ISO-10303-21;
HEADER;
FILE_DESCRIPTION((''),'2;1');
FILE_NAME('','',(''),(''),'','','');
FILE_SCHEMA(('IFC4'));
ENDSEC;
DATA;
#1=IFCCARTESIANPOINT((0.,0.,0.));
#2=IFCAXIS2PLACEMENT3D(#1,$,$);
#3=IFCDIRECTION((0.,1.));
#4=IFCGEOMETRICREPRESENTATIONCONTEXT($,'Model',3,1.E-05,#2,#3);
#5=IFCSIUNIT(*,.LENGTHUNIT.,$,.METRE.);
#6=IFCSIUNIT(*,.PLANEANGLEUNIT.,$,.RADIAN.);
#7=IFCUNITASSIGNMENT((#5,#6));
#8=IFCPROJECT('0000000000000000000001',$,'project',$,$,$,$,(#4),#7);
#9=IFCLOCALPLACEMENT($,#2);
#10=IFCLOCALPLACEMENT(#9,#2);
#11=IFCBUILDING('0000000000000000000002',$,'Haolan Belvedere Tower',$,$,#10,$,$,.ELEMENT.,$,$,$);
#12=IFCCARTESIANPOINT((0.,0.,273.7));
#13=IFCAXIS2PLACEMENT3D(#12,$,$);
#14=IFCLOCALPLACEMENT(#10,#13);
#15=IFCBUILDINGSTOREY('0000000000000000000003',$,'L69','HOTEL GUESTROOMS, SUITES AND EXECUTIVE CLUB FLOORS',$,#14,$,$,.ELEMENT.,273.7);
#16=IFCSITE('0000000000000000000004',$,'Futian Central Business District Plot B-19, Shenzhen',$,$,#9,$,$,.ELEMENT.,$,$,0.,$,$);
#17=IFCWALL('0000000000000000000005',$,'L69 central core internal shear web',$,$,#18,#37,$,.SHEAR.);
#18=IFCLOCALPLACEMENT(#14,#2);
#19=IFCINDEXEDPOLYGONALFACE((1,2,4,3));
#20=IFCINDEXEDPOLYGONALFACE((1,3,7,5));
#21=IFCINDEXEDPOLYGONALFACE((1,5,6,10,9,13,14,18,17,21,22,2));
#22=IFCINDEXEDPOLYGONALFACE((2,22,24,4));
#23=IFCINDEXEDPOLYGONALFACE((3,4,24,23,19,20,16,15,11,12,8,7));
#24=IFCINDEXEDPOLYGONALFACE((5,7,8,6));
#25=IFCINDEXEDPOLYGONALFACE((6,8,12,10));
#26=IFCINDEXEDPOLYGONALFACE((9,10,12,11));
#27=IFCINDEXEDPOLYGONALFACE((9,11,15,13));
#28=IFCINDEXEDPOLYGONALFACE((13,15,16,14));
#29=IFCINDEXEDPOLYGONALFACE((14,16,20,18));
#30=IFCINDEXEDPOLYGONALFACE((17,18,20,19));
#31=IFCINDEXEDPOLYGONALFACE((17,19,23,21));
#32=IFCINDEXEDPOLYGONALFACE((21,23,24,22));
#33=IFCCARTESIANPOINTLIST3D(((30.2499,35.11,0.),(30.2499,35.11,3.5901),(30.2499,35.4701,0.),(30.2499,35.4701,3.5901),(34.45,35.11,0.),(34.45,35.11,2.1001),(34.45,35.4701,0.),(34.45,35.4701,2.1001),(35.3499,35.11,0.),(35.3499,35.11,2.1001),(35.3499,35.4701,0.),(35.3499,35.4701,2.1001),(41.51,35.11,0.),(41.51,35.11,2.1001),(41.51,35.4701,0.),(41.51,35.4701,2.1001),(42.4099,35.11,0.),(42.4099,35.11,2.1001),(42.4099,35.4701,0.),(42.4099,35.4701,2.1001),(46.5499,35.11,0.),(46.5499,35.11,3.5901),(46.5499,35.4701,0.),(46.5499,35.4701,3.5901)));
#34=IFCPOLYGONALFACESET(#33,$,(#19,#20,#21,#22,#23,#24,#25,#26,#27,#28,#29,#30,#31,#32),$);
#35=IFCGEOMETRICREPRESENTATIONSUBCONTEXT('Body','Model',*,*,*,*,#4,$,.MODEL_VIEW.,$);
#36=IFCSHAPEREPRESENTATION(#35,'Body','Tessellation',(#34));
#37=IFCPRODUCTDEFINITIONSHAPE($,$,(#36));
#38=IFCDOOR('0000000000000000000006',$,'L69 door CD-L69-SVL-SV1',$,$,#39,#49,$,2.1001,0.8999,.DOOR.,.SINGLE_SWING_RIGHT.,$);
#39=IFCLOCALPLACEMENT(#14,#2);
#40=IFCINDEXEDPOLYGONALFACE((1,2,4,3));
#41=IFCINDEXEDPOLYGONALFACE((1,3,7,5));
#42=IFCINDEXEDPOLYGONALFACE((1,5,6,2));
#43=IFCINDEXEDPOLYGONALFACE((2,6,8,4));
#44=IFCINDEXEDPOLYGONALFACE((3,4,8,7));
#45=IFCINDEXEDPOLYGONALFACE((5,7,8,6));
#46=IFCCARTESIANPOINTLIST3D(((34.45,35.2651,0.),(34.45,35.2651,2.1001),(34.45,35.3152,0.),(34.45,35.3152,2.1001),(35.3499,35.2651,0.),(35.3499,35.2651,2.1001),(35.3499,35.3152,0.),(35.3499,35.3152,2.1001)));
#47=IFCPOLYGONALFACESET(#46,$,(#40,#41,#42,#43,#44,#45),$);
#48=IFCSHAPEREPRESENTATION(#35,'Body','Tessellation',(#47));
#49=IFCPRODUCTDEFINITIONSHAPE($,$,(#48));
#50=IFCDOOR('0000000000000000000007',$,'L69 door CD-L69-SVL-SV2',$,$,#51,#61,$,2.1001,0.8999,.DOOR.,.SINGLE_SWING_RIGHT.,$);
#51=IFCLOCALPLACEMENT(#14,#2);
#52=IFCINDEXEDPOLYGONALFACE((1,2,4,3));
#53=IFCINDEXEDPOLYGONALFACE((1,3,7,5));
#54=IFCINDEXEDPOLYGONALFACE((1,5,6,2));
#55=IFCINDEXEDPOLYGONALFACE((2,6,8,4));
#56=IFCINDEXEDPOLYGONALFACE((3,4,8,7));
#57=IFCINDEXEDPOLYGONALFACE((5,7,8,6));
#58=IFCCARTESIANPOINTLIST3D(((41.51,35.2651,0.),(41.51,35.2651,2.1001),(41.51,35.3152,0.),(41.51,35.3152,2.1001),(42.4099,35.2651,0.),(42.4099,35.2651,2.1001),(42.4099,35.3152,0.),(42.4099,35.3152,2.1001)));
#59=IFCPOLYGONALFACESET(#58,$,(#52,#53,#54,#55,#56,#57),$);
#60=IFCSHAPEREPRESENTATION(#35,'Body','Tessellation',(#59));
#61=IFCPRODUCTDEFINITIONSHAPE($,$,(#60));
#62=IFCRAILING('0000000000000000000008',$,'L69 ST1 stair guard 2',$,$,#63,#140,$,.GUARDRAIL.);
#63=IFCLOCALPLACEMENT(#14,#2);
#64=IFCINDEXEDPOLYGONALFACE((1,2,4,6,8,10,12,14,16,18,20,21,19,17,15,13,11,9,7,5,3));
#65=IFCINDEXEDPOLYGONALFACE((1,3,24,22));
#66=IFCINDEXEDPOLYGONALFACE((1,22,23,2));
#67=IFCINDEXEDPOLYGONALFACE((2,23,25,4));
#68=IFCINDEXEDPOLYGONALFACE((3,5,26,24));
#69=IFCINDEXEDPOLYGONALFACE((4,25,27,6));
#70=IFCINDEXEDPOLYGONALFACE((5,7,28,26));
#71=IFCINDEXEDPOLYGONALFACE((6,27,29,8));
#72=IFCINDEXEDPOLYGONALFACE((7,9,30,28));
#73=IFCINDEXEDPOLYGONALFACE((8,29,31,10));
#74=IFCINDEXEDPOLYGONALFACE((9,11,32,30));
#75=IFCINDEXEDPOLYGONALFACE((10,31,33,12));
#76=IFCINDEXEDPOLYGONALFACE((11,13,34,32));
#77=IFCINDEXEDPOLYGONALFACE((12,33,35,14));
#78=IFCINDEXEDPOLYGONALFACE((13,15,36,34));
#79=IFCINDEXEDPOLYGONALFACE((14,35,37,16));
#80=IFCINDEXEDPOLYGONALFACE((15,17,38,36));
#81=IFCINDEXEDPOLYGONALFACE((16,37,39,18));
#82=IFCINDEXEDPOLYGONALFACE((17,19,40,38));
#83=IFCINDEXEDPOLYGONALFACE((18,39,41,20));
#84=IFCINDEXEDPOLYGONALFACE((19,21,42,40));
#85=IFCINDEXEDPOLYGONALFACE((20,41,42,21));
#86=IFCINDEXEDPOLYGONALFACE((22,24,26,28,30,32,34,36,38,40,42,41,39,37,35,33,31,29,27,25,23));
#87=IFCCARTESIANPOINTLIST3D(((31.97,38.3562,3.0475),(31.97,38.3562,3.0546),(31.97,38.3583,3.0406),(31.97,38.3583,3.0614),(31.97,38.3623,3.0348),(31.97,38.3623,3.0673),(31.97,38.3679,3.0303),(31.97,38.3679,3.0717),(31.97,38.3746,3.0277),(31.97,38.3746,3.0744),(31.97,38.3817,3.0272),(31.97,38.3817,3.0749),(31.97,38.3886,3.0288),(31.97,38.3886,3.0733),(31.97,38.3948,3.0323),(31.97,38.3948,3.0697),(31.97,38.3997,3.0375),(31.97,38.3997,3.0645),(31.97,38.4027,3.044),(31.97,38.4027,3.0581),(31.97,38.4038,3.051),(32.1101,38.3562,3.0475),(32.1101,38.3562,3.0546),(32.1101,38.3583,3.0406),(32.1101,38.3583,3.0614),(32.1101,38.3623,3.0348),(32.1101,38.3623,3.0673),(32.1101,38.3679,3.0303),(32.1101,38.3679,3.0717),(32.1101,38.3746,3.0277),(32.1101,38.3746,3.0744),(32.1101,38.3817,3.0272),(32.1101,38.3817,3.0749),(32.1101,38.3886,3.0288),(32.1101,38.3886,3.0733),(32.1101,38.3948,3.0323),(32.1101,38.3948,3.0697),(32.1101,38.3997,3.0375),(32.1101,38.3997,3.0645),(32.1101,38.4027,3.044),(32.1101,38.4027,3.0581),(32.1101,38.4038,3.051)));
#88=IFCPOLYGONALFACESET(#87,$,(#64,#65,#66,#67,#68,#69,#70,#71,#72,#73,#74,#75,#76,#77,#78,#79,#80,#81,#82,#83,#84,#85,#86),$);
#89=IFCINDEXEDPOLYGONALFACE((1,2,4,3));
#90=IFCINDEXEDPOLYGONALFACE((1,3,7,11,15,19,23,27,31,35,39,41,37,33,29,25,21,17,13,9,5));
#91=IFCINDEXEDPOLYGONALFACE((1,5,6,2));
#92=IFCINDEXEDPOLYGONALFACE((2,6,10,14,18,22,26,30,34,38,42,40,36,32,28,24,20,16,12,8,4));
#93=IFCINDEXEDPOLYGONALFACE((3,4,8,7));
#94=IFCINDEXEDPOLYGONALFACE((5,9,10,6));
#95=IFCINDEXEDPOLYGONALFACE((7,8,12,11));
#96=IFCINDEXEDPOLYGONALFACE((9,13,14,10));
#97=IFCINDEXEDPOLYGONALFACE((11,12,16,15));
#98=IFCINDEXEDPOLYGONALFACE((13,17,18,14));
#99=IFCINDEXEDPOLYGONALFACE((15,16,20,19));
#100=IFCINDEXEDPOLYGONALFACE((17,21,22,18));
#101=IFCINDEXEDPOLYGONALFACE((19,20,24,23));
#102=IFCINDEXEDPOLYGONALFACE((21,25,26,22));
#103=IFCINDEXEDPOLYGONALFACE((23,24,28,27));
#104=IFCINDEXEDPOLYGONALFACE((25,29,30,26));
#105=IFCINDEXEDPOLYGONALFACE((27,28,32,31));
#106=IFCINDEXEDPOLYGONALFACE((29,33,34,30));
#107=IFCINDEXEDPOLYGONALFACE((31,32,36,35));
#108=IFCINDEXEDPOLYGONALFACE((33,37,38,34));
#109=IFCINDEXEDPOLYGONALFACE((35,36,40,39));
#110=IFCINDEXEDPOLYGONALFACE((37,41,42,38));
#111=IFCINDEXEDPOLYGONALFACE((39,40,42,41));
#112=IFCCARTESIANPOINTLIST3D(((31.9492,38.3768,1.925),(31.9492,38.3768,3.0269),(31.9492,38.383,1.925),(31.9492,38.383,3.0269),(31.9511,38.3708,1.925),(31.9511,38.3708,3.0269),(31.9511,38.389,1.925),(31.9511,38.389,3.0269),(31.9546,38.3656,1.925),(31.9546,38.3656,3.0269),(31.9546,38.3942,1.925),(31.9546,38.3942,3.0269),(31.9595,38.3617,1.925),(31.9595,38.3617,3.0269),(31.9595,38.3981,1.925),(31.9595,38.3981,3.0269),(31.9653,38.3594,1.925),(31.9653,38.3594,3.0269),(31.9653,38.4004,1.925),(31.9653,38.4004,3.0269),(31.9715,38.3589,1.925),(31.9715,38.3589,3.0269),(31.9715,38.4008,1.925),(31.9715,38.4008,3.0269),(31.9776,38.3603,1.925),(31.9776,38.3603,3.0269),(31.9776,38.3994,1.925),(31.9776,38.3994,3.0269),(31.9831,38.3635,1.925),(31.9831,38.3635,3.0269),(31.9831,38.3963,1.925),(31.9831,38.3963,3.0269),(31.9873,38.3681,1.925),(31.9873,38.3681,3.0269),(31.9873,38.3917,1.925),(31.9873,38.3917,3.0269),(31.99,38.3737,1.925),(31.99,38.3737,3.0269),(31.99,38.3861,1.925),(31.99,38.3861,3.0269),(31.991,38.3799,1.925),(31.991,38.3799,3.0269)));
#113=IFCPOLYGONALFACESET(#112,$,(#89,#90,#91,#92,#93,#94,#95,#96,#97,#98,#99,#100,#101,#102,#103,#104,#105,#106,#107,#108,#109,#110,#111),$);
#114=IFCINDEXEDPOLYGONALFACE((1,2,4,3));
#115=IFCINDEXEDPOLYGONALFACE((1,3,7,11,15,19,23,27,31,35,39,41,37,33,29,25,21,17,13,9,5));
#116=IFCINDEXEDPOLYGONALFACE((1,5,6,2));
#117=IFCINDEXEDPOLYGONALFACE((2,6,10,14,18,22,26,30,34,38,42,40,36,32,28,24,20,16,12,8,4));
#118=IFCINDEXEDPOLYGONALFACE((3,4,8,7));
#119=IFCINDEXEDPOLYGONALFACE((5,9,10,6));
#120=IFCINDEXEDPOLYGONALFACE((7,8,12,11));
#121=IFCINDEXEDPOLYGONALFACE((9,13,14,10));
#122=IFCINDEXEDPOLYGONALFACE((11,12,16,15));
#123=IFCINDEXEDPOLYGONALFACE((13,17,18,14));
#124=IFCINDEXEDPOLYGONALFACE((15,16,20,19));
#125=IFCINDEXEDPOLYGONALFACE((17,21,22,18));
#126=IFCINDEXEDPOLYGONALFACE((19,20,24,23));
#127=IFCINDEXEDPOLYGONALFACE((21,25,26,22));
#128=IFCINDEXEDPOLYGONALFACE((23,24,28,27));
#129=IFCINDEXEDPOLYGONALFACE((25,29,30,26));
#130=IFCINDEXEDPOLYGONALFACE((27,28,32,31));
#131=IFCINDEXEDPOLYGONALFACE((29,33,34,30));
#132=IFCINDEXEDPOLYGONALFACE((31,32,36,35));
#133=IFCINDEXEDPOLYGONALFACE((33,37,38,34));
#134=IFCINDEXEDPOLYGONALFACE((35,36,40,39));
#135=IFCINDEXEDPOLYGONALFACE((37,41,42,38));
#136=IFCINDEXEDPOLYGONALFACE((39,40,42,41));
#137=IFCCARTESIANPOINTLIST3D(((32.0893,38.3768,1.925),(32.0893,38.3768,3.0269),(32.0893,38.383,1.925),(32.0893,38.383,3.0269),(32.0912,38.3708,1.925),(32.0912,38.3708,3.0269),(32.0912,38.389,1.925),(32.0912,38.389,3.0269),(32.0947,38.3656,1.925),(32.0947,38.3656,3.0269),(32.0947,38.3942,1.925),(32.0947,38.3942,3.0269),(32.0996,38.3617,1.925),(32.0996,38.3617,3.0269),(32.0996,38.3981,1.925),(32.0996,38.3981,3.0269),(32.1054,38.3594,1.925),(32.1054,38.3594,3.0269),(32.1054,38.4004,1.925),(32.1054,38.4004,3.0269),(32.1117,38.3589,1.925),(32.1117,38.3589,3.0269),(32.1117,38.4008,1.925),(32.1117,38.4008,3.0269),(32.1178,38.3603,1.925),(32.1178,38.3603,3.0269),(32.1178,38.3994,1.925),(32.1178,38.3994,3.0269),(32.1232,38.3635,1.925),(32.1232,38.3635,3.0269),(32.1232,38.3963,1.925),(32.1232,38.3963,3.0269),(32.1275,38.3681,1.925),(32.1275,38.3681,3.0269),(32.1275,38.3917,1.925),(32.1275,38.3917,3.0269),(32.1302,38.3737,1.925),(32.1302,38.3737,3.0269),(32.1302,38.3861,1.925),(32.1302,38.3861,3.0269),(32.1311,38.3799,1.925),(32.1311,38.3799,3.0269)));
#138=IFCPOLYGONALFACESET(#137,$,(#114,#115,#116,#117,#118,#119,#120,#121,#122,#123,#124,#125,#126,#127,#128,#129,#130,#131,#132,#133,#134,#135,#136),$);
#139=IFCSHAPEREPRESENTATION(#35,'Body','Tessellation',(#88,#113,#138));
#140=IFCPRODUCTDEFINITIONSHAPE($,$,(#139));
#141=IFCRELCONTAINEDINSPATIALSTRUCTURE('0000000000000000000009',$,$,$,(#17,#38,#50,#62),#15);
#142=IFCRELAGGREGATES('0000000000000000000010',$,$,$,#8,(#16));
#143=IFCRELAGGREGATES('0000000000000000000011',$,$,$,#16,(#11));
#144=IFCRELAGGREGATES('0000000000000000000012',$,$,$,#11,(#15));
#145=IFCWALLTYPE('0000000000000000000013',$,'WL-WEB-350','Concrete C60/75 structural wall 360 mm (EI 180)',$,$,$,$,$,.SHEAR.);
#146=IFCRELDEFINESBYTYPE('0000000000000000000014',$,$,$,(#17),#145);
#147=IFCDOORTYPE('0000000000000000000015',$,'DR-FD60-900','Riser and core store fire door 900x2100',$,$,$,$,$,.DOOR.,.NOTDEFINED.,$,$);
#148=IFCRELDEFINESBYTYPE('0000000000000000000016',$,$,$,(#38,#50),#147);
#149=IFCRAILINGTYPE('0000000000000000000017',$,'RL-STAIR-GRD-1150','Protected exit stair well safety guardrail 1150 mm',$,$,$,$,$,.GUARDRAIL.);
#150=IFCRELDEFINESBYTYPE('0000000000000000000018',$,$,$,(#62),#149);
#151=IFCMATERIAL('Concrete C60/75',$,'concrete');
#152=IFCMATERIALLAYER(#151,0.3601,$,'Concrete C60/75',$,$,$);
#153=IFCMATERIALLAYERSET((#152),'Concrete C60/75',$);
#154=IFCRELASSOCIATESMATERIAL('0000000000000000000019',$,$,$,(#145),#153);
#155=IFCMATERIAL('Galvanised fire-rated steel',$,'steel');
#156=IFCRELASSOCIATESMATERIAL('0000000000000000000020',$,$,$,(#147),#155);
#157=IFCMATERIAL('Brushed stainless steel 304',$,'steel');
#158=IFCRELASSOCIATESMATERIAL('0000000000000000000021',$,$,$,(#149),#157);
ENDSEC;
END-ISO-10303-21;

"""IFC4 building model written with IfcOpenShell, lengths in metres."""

from ifc_helpers import new_model, si_unit, direction, frame, frame_2d, origin, origin_2d, place, context, subcontext, project, spatial, rectangle, circle, extrude, material, layer, layer_set, type_object, element, fill, save


model = new_model("IFC4")

# Units and contexts
model_context = context("Model", 3, precision=1e-05, world=origin(), true_north=direction((0.0, 1.0)))
body_context = subcontext(model_context, "Body", "Model", "MODEL_VIEW")
ifc_project = project(units=[si_unit("LENGTHUNIT", "METRE"), si_unit("PLANEANGLEUNIT", "RADIAN")], contexts=[model_context])

# Site, building, storey
site_placement = place(None, origin())
site = spatial("IfcSite", under=ifc_project, at=site_placement, Name="Futian Central Business District Plot B-19, Shenzhen", CompositionType="ELEMENT", RefElevation=0.0)
building_placement = place(site_placement, origin())
building = spatial("IfcBuilding", under=site, at=building_placement, Name="Haolan Belvedere Tower", CompositionType="ELEMENT")
storey_placement = place(building_placement, frame((0.0, 0.0, 273.7)))
storey = spatial("IfcBuildingStorey", under=building, at=storey_placement, Name="L69", Description="HOTEL GUESTROOMS, SUITES AND EXECUTIVE CLUB FLOORS", CompositionType="ELEMENT", Elevation=273.7)

# Shared definitions
ifc_material_1 = material(Name="Concrete C60/75", Category="concrete")

# Wall, openings, doors
ifc_layer_1 = layer(ifc_material_1, 0.3601, Name="Concrete C60/75")
ifc_layer_set_1 = layer_set([ifc_layer_1], Name="Concrete C60/75")
wall_type_1 = type_object("IfcWallType", Name="WL-WEB-350", Description="Concrete C60/75 structural wall 360 mm (EI 180)", PredefinedType="SHEAR", material=ifc_layer_set_1)
wall_1_placement = place(storey_placement, frame((30.25, 35.29, 0.0), z_axis=(0.0, 0.0, 1.0), x_axis=(1.0, 0.0, 0.0)))
wall_1 = element("IfcWall", 1, at=wall_1_placement, inside=storey, type_object=wall_type_1, Name="L69 central core internal shear web", PredefinedType="SHEAR", context=body_context, shape_type="SweptSolid", body=[
    extrude(rectangle(XDim=16.3, YDim=0.3601, at=frame_2d((8.1499, 0.0))), origin(), (0.0, 0.0, 1.0), 3.5901),
])
opening_1_placement = place(wall_1_placement, frame((5.0999, 0.0, 0.0), z_axis=(0.0, 0.0, 1.0), x_axis=(-1.0, 0.0, 0.0)))
opening_1 = element("IfcOpeningElement", 2, at=opening_1_placement, cuts=wall_1, PredefinedType="OPENING", context=body_context, shape_type="SweptSolid", body=[
    extrude(rectangle(XDim=0.8999, YDim=2.1001, at=frame_2d((0.45, 1.05))), frame((0.0, 0.1899, 0.0), z_axis=(0.0, -1.0, 0.0), x_axis=(1.0, 0.0, 0.0)), (0.0, 0.0, 1.0), 0.3801),
])
opening_2_placement = place(wall_1_placement, frame((12.1599, 0.0, 0.0), z_axis=(0.0, 0.0, 1.0), x_axis=(-1.0, 0.0, 0.0)))
opening_2 = element("IfcOpeningElement", 3, at=opening_2_placement, cuts=wall_1, PredefinedType="OPENING", context=body_context, shape_type="SweptSolid", body=[
    extrude(rectangle(XDim=0.8999, YDim=2.1001, at=frame_2d((0.45, 1.05))), frame((0.0, 0.1899, 0.0), z_axis=(0.0, -1.0, 0.0), x_axis=(1.0, 0.0, 0.0)), (0.0, 0.0, 1.0), 0.3801),
])
ifc_material_2 = material(Name="Galvanised fire-rated steel", Category="steel")
door_type_1 = type_object("IfcDoorType", Name="DR-FD60-900", Description="Riser and core store fire door 900x2100", OperationType="NOTDEFINED", PredefinedType="DOOR", material=ifc_material_2)
door_1_placement = place(opening_1_placement, origin())
door_1 = element("IfcDoor", 4, at=door_1_placement, inside=storey, type_object=door_type_1, Name="L69 door CD-L69-SVL-SV1", OperationType="SINGLE_SWING_RIGHT", OverallHeight=2.1001, OverallWidth=0.8999, PredefinedType="DOOR", context=body_context, shape_type="SweptSolid", body=[
    extrude(rectangle(XDim=0.8999, YDim=2.1001, at=frame_2d((0.45, 1.05))), frame((0.0, 0.0249, 0.0), z_axis=(0.0, -1.0, 0.0), x_axis=(1.0, 0.0, 0.0)), (0.0, 0.0, 1.0), 0.05),
])
fill(opening_1, door_1)
door_2_placement = place(opening_2_placement, origin())
door_2 = element("IfcDoor", 5, at=door_2_placement, inside=storey, type_object=door_type_1, Name="L69 door CD-L69-SVL-SV2", OperationType="SINGLE_SWING_RIGHT", OverallHeight=2.1001, OverallWidth=0.8999, PredefinedType="DOOR", context=body_context, shape_type="SweptSolid", body=[
    extrude(rectangle(XDim=0.8999, YDim=2.1001, at=frame_2d((0.45, 1.05))), frame((0.0, 0.0249, 0.0), z_axis=(0.0, -1.0, 0.0), x_axis=(1.0, 0.0, 0.0)), (0.0, 0.0, 1.0), 0.05),
])
fill(opening_2, door_2)

# Railing
ifc_material_3 = material(Name="Brushed stainless steel 304", Category="steel")
railing_type = type_object("IfcRailingType", Name="RL-STAIR-GRD-1150", Description="Protected exit stair well safety guardrail 1150 mm", PredefinedType="GUARDRAIL", material=ifc_material_3)
railing_1_placement = place(storey_placement, frame((31.97, 38.3799, 1.925)))
element("IfcRailing", 6, at=railing_1_placement, inside=storey, type_object=railing_type, Name="L69 ST1 stair guard 2", PredefinedType="GUARDRAIL", context=body_context, shape_type="SweptSolid", body=[
    extrude(circle(Radius=0.0239, at=origin_2d()), frame((0.0, 0.0, 1.126), z_axis=(1.0, 0.0, 0.0), x_axis=(0.0, 1.0, 0.0)), (0.0, 0.0, 1.0), 0.1401),
    extrude(circle(Radius=0.021, at=origin_2d()), origin(), (0.0, 0.0, 1.0), 1.1018),
    extrude(circle(Radius=0.021, at=origin_2d()), frame((0.1401, 0.0, 0.0)), (0.0, 0.0, 1.0), 1.1018),
])

save(model, "model.ifc")
